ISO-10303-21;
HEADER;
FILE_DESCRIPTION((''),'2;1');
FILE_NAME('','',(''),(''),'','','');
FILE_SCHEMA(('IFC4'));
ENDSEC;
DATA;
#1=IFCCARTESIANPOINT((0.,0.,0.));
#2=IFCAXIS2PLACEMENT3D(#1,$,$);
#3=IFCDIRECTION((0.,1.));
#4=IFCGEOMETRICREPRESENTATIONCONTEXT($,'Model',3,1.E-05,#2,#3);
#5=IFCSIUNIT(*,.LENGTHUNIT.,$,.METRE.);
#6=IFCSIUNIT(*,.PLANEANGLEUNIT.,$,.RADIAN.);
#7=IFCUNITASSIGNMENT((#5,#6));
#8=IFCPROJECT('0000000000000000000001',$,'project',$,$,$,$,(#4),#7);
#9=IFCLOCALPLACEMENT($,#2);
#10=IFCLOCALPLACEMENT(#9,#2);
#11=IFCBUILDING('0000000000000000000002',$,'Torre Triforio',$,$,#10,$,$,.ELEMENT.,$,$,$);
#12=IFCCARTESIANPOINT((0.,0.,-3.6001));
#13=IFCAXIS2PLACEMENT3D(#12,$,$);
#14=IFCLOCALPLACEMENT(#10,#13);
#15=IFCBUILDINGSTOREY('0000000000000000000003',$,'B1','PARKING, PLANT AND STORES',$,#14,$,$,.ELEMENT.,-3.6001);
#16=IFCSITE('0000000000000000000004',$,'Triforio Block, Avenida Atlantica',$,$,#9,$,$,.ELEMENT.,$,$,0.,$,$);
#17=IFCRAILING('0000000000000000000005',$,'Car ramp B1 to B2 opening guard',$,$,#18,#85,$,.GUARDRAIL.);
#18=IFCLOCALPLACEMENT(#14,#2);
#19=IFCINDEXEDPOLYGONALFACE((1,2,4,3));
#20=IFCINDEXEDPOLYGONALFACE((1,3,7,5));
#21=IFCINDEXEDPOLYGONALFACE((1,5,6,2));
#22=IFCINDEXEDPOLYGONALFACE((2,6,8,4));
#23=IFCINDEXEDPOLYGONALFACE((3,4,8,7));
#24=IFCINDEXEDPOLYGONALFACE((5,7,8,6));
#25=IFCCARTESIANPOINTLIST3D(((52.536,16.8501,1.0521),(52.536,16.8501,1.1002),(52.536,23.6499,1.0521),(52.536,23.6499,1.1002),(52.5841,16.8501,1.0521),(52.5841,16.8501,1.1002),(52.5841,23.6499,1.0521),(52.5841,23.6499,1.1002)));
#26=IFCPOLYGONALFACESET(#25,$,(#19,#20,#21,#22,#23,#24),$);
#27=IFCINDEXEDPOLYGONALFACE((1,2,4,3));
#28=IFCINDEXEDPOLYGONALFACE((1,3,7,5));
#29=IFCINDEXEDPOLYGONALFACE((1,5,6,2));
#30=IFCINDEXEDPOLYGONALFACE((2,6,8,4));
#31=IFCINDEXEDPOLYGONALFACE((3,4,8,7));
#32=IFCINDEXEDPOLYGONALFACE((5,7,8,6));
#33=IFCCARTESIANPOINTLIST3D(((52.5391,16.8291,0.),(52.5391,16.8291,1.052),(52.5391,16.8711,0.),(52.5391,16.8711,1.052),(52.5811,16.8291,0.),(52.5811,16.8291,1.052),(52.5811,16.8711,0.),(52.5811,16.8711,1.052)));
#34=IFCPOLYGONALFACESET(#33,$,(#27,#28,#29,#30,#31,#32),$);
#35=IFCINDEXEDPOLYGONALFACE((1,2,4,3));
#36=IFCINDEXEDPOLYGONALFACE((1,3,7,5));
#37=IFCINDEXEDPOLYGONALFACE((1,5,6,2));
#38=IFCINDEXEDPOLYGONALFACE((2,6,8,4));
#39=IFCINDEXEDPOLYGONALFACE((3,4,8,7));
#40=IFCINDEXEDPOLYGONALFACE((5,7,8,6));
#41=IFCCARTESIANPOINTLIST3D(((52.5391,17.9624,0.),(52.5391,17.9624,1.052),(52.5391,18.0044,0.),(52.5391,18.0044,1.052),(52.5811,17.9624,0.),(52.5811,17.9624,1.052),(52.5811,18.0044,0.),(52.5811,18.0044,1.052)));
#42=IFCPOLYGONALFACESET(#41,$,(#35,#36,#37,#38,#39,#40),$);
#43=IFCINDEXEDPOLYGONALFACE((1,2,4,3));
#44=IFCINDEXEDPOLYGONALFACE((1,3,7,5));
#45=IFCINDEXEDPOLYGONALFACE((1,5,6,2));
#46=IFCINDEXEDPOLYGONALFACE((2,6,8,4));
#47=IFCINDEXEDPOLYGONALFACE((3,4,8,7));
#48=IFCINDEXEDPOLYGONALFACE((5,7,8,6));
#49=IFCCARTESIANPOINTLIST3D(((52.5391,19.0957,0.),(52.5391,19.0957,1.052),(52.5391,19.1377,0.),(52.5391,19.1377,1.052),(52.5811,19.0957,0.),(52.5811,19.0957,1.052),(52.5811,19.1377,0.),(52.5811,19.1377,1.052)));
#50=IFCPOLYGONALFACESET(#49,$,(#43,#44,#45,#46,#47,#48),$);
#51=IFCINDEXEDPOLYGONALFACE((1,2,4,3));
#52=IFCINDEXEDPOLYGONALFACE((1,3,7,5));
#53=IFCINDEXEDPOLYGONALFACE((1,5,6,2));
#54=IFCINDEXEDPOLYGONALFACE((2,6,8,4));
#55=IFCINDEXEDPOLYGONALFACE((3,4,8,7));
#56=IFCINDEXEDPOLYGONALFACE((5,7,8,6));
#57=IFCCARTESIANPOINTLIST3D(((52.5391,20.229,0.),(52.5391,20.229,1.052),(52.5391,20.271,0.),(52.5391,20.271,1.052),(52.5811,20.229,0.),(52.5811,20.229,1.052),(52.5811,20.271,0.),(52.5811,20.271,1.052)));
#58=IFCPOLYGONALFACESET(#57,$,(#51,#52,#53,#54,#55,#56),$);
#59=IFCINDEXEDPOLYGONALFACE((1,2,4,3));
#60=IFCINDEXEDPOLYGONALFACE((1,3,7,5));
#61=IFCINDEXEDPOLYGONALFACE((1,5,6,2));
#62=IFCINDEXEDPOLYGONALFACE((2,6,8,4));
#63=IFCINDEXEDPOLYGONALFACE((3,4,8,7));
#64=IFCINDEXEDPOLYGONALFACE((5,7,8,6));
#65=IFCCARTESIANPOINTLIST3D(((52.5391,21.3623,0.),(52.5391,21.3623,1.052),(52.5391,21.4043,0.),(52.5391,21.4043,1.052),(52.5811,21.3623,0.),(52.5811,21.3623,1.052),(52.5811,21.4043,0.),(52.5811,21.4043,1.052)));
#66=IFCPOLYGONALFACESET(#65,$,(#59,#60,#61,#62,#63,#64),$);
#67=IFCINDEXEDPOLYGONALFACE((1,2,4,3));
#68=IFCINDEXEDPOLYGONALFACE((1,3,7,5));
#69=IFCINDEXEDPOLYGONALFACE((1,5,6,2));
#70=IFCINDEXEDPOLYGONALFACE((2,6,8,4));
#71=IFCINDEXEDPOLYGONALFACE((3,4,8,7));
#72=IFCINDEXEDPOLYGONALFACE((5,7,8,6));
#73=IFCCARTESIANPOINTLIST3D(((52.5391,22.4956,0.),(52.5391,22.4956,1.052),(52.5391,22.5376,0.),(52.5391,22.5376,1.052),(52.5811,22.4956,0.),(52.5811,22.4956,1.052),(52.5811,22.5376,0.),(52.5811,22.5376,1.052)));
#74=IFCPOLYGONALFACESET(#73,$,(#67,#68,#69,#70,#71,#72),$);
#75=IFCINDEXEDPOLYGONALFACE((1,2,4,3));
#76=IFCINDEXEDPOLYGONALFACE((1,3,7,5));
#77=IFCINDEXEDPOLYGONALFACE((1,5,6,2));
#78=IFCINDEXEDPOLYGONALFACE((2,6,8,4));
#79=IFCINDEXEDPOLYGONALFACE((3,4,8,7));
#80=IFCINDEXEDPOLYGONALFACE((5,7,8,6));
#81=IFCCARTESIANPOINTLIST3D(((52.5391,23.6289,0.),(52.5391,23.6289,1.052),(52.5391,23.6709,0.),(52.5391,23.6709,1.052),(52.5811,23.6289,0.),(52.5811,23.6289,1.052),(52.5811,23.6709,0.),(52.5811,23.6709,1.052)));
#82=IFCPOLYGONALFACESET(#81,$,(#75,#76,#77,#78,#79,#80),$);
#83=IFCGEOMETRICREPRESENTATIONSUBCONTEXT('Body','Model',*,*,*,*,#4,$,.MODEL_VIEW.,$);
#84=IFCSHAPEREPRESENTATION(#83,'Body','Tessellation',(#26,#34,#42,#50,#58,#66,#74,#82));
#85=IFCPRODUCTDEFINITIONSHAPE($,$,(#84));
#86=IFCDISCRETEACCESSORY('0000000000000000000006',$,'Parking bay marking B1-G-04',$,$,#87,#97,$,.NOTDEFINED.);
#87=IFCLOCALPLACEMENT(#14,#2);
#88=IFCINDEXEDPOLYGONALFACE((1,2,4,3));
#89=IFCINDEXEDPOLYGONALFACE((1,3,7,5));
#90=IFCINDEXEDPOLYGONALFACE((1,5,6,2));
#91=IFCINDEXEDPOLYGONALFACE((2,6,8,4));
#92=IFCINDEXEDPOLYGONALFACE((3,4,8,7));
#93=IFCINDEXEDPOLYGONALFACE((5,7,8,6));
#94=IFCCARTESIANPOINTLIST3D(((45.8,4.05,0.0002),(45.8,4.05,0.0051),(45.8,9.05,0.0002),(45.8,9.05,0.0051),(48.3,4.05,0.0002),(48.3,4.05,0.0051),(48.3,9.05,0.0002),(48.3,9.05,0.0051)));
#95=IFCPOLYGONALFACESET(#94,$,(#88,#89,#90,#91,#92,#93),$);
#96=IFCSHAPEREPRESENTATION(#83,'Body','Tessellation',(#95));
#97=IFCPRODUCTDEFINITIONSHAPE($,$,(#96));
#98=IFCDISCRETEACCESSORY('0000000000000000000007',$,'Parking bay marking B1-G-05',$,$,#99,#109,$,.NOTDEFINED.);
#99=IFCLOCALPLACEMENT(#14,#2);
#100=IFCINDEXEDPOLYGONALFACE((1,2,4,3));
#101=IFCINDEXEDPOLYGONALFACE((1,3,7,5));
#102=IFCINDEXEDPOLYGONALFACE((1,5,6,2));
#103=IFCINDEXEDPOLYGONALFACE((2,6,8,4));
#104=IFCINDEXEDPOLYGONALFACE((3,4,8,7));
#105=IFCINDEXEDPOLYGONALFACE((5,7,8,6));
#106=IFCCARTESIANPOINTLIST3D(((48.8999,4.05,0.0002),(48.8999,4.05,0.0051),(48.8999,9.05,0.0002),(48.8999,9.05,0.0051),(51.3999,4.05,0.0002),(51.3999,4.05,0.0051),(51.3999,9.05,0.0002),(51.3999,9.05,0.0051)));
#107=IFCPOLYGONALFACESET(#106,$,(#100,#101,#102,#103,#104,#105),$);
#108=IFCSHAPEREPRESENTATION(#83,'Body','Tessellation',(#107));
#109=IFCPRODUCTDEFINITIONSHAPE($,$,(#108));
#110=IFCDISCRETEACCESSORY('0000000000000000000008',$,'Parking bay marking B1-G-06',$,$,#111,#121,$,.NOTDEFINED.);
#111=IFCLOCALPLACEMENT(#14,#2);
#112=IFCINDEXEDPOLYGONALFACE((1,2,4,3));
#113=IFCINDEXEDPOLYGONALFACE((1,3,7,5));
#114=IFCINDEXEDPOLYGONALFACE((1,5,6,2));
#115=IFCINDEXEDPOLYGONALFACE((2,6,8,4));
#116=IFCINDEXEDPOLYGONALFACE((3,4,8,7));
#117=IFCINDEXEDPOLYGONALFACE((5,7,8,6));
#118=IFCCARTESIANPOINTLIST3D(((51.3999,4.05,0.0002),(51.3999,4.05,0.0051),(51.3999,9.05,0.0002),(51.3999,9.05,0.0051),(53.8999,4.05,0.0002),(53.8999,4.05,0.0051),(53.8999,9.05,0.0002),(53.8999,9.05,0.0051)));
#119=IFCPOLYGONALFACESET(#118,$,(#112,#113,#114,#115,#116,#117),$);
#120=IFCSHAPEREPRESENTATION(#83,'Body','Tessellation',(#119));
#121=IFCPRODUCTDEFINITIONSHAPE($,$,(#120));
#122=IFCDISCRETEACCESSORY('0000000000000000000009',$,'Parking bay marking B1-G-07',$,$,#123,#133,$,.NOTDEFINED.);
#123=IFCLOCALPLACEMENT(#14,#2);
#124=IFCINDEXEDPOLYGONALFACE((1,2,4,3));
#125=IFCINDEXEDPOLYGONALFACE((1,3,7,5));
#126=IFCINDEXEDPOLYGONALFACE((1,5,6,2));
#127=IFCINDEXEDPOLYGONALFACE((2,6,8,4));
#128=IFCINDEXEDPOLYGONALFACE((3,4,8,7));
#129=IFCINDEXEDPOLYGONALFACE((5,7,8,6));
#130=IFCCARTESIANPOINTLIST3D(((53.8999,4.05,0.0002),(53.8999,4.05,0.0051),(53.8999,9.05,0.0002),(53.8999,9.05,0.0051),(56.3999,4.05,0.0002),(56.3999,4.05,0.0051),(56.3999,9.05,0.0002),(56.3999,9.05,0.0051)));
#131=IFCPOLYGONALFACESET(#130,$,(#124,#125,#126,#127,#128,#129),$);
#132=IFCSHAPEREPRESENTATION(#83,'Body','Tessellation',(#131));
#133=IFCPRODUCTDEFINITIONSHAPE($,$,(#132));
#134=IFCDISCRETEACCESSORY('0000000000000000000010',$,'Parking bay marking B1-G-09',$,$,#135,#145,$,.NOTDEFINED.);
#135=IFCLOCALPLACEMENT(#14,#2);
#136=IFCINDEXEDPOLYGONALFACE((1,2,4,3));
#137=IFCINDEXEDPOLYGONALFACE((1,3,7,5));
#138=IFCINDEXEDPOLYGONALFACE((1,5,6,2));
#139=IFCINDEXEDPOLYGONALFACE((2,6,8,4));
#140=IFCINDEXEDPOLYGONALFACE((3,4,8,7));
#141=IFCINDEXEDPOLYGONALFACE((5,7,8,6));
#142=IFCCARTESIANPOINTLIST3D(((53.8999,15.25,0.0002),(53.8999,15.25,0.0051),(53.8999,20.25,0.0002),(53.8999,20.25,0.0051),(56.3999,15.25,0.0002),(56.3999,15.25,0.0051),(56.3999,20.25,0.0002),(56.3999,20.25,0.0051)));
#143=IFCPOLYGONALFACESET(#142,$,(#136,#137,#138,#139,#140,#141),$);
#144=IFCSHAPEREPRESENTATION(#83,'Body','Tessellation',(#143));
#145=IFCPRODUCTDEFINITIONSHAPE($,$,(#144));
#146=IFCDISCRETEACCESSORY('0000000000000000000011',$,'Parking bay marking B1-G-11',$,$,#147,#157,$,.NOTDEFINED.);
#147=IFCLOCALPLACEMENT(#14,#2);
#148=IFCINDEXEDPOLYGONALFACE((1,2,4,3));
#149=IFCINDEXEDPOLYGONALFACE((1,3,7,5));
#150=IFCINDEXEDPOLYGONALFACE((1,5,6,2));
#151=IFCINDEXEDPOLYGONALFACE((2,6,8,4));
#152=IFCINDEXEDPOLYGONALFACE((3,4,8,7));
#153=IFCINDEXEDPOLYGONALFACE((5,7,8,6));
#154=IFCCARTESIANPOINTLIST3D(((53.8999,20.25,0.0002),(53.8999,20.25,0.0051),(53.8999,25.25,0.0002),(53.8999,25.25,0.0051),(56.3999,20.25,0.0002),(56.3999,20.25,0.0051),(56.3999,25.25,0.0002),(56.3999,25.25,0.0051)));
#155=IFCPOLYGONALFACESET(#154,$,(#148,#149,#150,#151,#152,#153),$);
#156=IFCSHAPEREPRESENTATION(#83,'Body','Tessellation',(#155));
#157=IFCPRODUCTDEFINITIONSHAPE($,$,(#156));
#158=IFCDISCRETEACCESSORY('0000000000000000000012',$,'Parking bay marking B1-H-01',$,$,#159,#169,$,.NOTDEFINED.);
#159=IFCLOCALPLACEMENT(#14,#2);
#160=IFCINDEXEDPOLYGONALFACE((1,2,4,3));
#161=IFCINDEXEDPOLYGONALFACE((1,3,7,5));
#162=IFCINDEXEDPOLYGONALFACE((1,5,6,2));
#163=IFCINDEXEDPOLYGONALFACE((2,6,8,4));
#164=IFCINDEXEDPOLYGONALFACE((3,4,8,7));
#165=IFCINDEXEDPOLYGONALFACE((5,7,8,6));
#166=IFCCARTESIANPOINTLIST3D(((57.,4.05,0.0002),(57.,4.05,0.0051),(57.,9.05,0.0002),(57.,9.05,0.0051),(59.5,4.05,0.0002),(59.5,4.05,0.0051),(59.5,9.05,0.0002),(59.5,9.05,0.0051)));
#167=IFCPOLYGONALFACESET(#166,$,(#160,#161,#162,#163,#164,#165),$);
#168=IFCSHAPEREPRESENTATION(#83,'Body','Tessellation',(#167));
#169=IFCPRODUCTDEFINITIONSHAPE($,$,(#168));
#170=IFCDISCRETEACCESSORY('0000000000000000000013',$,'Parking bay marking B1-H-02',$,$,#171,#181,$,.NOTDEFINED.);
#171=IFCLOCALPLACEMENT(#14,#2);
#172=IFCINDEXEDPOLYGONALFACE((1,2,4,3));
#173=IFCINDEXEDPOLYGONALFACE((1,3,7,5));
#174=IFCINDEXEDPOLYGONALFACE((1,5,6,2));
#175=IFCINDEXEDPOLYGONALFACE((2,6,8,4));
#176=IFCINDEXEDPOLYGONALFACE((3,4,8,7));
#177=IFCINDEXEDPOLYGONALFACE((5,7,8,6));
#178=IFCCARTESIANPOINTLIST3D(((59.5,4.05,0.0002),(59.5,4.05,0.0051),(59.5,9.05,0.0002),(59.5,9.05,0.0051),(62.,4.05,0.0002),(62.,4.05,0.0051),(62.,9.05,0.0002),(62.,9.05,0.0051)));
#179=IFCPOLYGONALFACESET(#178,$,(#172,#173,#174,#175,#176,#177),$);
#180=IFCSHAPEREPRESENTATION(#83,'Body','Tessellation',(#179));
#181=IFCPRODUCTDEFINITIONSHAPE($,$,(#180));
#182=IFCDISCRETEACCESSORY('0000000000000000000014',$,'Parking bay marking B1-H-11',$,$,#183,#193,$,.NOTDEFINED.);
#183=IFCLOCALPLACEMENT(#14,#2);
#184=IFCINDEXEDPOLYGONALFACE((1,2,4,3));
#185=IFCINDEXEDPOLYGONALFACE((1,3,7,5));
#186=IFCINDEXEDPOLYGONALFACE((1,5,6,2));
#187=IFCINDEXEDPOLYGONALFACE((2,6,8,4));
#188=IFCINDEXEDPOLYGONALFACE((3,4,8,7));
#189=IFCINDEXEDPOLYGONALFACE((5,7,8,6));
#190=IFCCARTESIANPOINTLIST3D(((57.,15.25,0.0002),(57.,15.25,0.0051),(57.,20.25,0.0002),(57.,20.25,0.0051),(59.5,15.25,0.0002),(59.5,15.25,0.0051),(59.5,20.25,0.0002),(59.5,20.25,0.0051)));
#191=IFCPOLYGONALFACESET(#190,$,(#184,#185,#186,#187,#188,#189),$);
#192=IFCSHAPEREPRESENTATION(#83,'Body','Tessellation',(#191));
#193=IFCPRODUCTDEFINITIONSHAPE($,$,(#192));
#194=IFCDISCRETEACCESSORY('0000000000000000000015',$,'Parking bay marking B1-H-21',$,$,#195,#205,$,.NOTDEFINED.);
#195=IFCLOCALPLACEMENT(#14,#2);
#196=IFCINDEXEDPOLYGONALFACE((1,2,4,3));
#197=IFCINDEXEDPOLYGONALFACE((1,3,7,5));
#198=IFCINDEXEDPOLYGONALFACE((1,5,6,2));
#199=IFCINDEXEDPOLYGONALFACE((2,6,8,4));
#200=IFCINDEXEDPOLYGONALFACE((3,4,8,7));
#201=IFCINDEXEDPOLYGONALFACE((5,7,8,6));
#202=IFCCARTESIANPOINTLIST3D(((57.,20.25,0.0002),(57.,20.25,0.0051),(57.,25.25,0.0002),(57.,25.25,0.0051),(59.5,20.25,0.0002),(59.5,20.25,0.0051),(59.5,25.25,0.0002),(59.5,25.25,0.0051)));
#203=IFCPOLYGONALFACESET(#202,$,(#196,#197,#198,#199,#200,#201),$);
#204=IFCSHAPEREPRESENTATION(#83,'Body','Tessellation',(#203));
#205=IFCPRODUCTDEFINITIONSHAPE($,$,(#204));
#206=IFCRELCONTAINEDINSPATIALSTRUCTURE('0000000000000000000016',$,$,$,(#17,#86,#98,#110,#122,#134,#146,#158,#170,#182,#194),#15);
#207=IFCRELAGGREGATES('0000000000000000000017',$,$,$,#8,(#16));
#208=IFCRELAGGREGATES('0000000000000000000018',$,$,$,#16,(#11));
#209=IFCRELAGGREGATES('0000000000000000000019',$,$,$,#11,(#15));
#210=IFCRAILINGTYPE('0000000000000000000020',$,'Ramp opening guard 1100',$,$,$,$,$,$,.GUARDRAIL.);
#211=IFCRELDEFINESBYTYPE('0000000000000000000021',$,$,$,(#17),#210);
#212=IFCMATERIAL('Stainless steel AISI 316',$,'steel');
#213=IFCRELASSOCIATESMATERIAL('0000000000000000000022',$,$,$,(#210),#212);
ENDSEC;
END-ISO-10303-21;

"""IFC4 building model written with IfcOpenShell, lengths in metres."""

from ifc_helpers import new_model, si_unit, direction, frame, origin, origin_2d, place, context, subcontext, project, spatial, rectangle, extrude, material, type_object, element, save


model = new_model("IFC4")

# Units and contexts
model_context = context("Model", 3, precision=1e-05, world=origin(), true_north=direction((0.0, 1.0)))
body_context = subcontext(model_context, "Body", "Model", "MODEL_VIEW")
ifc_project = project(units=[si_unit("LENGTHUNIT", "METRE"), si_unit("PLANEANGLEUNIT", "RADIAN")], contexts=[model_context])

# Site, building, storey
site_placement = place(None, origin())
site = spatial("IfcSite", under=ifc_project, at=site_placement, Name="Triforio Block, Avenida Atlantica", CompositionType="ELEMENT", RefElevation=0.0)
building_placement = place(site_placement, origin())
building = spatial("IfcBuilding", under=site, at=building_placement, Name="Torre Triforio", CompositionType="ELEMENT")
storey_placement = place(building_placement, frame((0.0, 0.0, -3.6001)))
storey = spatial("IfcBuildingStorey", under=building, at=storey_placement, Name="B1", Description="PARKING, PLANT AND STORES", CompositionType="ELEMENT", Elevation=-3.6001)

# Railing
ifc_material_1 = material(Name="Stainless steel AISI 316", Category="steel")
railing_type = type_object("IfcRailingType", Name="Ramp opening guard 1100", PredefinedType="GUARDRAIL", material=ifc_material_1)
railing_placement = place(storey_placement, frame((52.5601, 16.8501, 0.0)))
element("IfcRailing", 1, at=railing_placement, inside=storey, type_object=railing_type, Name="Car ramp B1 to B2 opening guard", PredefinedType="GUARDRAIL", context=body_context, shape_type="SweptSolid", body=[
    extrude(rectangle(XDim=0.0481, YDim=0.0481, at=origin_2d()), frame((0.0, 0.0, 1.0762), z_axis=(0.0, 1.0, 0.0), x_axis=(-1.0, 0.0, 0.0)), (0.0, 0.0, 1.0), 6.7998),
    extrude(rectangle(XDim=0.042, YDim=0.042, at=origin_2d()), origin(), (0.0, 0.0, 1.0), 1.052),
    extrude(rectangle(XDim=0.042, YDim=0.042, at=origin_2d()), frame((0.0, 1.1333, 0.0)), (0.0, 0.0, 1.0), 1.052),
    extrude(rectangle(XDim=0.042, YDim=0.042, at=origin_2d()), frame((0.0, 2.2666, 0.0)), (0.0, 0.0, 1.0), 1.052),
    extrude(rectangle(XDim=0.042, YDim=0.042, at=origin_2d()), frame((0.0, 3.3999, 0.0)), (0.0, 0.0, 1.0), 1.052),
    extrude(rectangle(XDim=0.042, YDim=0.042, at=origin_2d()), frame((0.0, 4.5332, 0.0)), (0.0, 0.0, 1.0), 1.052),
    extrude(rectangle(XDim=0.042, YDim=0.042, at=origin_2d()), frame((0.0, 5.6665, 0.0)), (0.0, 0.0, 1.0), 1.052),
    extrude(rectangle(XDim=0.042, YDim=0.042, at=origin_2d()), frame((0.0, 6.7998, 0.0)), (0.0, 0.0, 1.0), 1.052),
])

# Discrete accessories
for number, where, z_axis, x_axis, name in (
    (2, (47.05, 6.55, 0.0002), (0.0, 0.0, 1.0), (1.0, 0.0, 0.0), "Parking bay marking B1-G-04"),
    (3, (50.1499, 6.55, 0.0002), (0.0, 0.0, 1.0), (1.0, 0.0, 0.0), "Parking bay marking B1-G-05"),
    (4, (52.6499, 6.55, 0.0002), (0.0, 0.0, 1.0), (1.0, 0.0, 0.0), "Parking bay marking B1-G-06"),
    (5, (55.1499, 6.55, 0.0002), (0.0, 0.0, 1.0), (1.0, 0.0, 0.0), "Parking bay marking B1-G-07"),
    (6, (55.1499, 17.75, 0.0002), (0.0, 0.0, 1.0), (1.0, 0.0, 0.0), "Parking bay marking B1-G-09"),
    (7, (55.1499, 22.75, 0.0002), (0.0, 0.0, 1.0), (1.0, 0.0, 0.0), "Parking bay marking B1-G-11"),
    (8, (58.25, 6.55, 0.0002), (0.0, 0.0, 1.0), (1.0, 0.0, 0.0), "Parking bay marking B1-H-01"),
    (9, (60.75, 6.55, 0.0002), (0.0, 0.0, 1.0), (1.0, 0.0, 0.0), "Parking bay marking B1-H-02"),
    (10, (58.25, 17.75, 0.0002), (0.0, 0.0, 1.0), (1.0, 0.0, 0.0), "Parking bay marking B1-H-11"),
    (11, (58.25, 22.75, 0.0002), (0.0, 0.0, 1.0), (1.0, 0.0, 0.0), "Parking bay marking B1-H-21"),
):
    element("IfcDiscreteAccessory", number, at=place(storey_placement, frame(where, z_axis=z_axis, x_axis=x_axis)), inside=storey, Name=name, PredefinedType="NOTDEFINED", context=body_context, shape_type="SweptSolid", body=[
        extrude(rectangle(XDim=2.5, YDim=5.0, at=origin_2d()), origin(), (0.0, 0.0, 1.0), 0.0049),
    ])

save(model, "model.ifc")
